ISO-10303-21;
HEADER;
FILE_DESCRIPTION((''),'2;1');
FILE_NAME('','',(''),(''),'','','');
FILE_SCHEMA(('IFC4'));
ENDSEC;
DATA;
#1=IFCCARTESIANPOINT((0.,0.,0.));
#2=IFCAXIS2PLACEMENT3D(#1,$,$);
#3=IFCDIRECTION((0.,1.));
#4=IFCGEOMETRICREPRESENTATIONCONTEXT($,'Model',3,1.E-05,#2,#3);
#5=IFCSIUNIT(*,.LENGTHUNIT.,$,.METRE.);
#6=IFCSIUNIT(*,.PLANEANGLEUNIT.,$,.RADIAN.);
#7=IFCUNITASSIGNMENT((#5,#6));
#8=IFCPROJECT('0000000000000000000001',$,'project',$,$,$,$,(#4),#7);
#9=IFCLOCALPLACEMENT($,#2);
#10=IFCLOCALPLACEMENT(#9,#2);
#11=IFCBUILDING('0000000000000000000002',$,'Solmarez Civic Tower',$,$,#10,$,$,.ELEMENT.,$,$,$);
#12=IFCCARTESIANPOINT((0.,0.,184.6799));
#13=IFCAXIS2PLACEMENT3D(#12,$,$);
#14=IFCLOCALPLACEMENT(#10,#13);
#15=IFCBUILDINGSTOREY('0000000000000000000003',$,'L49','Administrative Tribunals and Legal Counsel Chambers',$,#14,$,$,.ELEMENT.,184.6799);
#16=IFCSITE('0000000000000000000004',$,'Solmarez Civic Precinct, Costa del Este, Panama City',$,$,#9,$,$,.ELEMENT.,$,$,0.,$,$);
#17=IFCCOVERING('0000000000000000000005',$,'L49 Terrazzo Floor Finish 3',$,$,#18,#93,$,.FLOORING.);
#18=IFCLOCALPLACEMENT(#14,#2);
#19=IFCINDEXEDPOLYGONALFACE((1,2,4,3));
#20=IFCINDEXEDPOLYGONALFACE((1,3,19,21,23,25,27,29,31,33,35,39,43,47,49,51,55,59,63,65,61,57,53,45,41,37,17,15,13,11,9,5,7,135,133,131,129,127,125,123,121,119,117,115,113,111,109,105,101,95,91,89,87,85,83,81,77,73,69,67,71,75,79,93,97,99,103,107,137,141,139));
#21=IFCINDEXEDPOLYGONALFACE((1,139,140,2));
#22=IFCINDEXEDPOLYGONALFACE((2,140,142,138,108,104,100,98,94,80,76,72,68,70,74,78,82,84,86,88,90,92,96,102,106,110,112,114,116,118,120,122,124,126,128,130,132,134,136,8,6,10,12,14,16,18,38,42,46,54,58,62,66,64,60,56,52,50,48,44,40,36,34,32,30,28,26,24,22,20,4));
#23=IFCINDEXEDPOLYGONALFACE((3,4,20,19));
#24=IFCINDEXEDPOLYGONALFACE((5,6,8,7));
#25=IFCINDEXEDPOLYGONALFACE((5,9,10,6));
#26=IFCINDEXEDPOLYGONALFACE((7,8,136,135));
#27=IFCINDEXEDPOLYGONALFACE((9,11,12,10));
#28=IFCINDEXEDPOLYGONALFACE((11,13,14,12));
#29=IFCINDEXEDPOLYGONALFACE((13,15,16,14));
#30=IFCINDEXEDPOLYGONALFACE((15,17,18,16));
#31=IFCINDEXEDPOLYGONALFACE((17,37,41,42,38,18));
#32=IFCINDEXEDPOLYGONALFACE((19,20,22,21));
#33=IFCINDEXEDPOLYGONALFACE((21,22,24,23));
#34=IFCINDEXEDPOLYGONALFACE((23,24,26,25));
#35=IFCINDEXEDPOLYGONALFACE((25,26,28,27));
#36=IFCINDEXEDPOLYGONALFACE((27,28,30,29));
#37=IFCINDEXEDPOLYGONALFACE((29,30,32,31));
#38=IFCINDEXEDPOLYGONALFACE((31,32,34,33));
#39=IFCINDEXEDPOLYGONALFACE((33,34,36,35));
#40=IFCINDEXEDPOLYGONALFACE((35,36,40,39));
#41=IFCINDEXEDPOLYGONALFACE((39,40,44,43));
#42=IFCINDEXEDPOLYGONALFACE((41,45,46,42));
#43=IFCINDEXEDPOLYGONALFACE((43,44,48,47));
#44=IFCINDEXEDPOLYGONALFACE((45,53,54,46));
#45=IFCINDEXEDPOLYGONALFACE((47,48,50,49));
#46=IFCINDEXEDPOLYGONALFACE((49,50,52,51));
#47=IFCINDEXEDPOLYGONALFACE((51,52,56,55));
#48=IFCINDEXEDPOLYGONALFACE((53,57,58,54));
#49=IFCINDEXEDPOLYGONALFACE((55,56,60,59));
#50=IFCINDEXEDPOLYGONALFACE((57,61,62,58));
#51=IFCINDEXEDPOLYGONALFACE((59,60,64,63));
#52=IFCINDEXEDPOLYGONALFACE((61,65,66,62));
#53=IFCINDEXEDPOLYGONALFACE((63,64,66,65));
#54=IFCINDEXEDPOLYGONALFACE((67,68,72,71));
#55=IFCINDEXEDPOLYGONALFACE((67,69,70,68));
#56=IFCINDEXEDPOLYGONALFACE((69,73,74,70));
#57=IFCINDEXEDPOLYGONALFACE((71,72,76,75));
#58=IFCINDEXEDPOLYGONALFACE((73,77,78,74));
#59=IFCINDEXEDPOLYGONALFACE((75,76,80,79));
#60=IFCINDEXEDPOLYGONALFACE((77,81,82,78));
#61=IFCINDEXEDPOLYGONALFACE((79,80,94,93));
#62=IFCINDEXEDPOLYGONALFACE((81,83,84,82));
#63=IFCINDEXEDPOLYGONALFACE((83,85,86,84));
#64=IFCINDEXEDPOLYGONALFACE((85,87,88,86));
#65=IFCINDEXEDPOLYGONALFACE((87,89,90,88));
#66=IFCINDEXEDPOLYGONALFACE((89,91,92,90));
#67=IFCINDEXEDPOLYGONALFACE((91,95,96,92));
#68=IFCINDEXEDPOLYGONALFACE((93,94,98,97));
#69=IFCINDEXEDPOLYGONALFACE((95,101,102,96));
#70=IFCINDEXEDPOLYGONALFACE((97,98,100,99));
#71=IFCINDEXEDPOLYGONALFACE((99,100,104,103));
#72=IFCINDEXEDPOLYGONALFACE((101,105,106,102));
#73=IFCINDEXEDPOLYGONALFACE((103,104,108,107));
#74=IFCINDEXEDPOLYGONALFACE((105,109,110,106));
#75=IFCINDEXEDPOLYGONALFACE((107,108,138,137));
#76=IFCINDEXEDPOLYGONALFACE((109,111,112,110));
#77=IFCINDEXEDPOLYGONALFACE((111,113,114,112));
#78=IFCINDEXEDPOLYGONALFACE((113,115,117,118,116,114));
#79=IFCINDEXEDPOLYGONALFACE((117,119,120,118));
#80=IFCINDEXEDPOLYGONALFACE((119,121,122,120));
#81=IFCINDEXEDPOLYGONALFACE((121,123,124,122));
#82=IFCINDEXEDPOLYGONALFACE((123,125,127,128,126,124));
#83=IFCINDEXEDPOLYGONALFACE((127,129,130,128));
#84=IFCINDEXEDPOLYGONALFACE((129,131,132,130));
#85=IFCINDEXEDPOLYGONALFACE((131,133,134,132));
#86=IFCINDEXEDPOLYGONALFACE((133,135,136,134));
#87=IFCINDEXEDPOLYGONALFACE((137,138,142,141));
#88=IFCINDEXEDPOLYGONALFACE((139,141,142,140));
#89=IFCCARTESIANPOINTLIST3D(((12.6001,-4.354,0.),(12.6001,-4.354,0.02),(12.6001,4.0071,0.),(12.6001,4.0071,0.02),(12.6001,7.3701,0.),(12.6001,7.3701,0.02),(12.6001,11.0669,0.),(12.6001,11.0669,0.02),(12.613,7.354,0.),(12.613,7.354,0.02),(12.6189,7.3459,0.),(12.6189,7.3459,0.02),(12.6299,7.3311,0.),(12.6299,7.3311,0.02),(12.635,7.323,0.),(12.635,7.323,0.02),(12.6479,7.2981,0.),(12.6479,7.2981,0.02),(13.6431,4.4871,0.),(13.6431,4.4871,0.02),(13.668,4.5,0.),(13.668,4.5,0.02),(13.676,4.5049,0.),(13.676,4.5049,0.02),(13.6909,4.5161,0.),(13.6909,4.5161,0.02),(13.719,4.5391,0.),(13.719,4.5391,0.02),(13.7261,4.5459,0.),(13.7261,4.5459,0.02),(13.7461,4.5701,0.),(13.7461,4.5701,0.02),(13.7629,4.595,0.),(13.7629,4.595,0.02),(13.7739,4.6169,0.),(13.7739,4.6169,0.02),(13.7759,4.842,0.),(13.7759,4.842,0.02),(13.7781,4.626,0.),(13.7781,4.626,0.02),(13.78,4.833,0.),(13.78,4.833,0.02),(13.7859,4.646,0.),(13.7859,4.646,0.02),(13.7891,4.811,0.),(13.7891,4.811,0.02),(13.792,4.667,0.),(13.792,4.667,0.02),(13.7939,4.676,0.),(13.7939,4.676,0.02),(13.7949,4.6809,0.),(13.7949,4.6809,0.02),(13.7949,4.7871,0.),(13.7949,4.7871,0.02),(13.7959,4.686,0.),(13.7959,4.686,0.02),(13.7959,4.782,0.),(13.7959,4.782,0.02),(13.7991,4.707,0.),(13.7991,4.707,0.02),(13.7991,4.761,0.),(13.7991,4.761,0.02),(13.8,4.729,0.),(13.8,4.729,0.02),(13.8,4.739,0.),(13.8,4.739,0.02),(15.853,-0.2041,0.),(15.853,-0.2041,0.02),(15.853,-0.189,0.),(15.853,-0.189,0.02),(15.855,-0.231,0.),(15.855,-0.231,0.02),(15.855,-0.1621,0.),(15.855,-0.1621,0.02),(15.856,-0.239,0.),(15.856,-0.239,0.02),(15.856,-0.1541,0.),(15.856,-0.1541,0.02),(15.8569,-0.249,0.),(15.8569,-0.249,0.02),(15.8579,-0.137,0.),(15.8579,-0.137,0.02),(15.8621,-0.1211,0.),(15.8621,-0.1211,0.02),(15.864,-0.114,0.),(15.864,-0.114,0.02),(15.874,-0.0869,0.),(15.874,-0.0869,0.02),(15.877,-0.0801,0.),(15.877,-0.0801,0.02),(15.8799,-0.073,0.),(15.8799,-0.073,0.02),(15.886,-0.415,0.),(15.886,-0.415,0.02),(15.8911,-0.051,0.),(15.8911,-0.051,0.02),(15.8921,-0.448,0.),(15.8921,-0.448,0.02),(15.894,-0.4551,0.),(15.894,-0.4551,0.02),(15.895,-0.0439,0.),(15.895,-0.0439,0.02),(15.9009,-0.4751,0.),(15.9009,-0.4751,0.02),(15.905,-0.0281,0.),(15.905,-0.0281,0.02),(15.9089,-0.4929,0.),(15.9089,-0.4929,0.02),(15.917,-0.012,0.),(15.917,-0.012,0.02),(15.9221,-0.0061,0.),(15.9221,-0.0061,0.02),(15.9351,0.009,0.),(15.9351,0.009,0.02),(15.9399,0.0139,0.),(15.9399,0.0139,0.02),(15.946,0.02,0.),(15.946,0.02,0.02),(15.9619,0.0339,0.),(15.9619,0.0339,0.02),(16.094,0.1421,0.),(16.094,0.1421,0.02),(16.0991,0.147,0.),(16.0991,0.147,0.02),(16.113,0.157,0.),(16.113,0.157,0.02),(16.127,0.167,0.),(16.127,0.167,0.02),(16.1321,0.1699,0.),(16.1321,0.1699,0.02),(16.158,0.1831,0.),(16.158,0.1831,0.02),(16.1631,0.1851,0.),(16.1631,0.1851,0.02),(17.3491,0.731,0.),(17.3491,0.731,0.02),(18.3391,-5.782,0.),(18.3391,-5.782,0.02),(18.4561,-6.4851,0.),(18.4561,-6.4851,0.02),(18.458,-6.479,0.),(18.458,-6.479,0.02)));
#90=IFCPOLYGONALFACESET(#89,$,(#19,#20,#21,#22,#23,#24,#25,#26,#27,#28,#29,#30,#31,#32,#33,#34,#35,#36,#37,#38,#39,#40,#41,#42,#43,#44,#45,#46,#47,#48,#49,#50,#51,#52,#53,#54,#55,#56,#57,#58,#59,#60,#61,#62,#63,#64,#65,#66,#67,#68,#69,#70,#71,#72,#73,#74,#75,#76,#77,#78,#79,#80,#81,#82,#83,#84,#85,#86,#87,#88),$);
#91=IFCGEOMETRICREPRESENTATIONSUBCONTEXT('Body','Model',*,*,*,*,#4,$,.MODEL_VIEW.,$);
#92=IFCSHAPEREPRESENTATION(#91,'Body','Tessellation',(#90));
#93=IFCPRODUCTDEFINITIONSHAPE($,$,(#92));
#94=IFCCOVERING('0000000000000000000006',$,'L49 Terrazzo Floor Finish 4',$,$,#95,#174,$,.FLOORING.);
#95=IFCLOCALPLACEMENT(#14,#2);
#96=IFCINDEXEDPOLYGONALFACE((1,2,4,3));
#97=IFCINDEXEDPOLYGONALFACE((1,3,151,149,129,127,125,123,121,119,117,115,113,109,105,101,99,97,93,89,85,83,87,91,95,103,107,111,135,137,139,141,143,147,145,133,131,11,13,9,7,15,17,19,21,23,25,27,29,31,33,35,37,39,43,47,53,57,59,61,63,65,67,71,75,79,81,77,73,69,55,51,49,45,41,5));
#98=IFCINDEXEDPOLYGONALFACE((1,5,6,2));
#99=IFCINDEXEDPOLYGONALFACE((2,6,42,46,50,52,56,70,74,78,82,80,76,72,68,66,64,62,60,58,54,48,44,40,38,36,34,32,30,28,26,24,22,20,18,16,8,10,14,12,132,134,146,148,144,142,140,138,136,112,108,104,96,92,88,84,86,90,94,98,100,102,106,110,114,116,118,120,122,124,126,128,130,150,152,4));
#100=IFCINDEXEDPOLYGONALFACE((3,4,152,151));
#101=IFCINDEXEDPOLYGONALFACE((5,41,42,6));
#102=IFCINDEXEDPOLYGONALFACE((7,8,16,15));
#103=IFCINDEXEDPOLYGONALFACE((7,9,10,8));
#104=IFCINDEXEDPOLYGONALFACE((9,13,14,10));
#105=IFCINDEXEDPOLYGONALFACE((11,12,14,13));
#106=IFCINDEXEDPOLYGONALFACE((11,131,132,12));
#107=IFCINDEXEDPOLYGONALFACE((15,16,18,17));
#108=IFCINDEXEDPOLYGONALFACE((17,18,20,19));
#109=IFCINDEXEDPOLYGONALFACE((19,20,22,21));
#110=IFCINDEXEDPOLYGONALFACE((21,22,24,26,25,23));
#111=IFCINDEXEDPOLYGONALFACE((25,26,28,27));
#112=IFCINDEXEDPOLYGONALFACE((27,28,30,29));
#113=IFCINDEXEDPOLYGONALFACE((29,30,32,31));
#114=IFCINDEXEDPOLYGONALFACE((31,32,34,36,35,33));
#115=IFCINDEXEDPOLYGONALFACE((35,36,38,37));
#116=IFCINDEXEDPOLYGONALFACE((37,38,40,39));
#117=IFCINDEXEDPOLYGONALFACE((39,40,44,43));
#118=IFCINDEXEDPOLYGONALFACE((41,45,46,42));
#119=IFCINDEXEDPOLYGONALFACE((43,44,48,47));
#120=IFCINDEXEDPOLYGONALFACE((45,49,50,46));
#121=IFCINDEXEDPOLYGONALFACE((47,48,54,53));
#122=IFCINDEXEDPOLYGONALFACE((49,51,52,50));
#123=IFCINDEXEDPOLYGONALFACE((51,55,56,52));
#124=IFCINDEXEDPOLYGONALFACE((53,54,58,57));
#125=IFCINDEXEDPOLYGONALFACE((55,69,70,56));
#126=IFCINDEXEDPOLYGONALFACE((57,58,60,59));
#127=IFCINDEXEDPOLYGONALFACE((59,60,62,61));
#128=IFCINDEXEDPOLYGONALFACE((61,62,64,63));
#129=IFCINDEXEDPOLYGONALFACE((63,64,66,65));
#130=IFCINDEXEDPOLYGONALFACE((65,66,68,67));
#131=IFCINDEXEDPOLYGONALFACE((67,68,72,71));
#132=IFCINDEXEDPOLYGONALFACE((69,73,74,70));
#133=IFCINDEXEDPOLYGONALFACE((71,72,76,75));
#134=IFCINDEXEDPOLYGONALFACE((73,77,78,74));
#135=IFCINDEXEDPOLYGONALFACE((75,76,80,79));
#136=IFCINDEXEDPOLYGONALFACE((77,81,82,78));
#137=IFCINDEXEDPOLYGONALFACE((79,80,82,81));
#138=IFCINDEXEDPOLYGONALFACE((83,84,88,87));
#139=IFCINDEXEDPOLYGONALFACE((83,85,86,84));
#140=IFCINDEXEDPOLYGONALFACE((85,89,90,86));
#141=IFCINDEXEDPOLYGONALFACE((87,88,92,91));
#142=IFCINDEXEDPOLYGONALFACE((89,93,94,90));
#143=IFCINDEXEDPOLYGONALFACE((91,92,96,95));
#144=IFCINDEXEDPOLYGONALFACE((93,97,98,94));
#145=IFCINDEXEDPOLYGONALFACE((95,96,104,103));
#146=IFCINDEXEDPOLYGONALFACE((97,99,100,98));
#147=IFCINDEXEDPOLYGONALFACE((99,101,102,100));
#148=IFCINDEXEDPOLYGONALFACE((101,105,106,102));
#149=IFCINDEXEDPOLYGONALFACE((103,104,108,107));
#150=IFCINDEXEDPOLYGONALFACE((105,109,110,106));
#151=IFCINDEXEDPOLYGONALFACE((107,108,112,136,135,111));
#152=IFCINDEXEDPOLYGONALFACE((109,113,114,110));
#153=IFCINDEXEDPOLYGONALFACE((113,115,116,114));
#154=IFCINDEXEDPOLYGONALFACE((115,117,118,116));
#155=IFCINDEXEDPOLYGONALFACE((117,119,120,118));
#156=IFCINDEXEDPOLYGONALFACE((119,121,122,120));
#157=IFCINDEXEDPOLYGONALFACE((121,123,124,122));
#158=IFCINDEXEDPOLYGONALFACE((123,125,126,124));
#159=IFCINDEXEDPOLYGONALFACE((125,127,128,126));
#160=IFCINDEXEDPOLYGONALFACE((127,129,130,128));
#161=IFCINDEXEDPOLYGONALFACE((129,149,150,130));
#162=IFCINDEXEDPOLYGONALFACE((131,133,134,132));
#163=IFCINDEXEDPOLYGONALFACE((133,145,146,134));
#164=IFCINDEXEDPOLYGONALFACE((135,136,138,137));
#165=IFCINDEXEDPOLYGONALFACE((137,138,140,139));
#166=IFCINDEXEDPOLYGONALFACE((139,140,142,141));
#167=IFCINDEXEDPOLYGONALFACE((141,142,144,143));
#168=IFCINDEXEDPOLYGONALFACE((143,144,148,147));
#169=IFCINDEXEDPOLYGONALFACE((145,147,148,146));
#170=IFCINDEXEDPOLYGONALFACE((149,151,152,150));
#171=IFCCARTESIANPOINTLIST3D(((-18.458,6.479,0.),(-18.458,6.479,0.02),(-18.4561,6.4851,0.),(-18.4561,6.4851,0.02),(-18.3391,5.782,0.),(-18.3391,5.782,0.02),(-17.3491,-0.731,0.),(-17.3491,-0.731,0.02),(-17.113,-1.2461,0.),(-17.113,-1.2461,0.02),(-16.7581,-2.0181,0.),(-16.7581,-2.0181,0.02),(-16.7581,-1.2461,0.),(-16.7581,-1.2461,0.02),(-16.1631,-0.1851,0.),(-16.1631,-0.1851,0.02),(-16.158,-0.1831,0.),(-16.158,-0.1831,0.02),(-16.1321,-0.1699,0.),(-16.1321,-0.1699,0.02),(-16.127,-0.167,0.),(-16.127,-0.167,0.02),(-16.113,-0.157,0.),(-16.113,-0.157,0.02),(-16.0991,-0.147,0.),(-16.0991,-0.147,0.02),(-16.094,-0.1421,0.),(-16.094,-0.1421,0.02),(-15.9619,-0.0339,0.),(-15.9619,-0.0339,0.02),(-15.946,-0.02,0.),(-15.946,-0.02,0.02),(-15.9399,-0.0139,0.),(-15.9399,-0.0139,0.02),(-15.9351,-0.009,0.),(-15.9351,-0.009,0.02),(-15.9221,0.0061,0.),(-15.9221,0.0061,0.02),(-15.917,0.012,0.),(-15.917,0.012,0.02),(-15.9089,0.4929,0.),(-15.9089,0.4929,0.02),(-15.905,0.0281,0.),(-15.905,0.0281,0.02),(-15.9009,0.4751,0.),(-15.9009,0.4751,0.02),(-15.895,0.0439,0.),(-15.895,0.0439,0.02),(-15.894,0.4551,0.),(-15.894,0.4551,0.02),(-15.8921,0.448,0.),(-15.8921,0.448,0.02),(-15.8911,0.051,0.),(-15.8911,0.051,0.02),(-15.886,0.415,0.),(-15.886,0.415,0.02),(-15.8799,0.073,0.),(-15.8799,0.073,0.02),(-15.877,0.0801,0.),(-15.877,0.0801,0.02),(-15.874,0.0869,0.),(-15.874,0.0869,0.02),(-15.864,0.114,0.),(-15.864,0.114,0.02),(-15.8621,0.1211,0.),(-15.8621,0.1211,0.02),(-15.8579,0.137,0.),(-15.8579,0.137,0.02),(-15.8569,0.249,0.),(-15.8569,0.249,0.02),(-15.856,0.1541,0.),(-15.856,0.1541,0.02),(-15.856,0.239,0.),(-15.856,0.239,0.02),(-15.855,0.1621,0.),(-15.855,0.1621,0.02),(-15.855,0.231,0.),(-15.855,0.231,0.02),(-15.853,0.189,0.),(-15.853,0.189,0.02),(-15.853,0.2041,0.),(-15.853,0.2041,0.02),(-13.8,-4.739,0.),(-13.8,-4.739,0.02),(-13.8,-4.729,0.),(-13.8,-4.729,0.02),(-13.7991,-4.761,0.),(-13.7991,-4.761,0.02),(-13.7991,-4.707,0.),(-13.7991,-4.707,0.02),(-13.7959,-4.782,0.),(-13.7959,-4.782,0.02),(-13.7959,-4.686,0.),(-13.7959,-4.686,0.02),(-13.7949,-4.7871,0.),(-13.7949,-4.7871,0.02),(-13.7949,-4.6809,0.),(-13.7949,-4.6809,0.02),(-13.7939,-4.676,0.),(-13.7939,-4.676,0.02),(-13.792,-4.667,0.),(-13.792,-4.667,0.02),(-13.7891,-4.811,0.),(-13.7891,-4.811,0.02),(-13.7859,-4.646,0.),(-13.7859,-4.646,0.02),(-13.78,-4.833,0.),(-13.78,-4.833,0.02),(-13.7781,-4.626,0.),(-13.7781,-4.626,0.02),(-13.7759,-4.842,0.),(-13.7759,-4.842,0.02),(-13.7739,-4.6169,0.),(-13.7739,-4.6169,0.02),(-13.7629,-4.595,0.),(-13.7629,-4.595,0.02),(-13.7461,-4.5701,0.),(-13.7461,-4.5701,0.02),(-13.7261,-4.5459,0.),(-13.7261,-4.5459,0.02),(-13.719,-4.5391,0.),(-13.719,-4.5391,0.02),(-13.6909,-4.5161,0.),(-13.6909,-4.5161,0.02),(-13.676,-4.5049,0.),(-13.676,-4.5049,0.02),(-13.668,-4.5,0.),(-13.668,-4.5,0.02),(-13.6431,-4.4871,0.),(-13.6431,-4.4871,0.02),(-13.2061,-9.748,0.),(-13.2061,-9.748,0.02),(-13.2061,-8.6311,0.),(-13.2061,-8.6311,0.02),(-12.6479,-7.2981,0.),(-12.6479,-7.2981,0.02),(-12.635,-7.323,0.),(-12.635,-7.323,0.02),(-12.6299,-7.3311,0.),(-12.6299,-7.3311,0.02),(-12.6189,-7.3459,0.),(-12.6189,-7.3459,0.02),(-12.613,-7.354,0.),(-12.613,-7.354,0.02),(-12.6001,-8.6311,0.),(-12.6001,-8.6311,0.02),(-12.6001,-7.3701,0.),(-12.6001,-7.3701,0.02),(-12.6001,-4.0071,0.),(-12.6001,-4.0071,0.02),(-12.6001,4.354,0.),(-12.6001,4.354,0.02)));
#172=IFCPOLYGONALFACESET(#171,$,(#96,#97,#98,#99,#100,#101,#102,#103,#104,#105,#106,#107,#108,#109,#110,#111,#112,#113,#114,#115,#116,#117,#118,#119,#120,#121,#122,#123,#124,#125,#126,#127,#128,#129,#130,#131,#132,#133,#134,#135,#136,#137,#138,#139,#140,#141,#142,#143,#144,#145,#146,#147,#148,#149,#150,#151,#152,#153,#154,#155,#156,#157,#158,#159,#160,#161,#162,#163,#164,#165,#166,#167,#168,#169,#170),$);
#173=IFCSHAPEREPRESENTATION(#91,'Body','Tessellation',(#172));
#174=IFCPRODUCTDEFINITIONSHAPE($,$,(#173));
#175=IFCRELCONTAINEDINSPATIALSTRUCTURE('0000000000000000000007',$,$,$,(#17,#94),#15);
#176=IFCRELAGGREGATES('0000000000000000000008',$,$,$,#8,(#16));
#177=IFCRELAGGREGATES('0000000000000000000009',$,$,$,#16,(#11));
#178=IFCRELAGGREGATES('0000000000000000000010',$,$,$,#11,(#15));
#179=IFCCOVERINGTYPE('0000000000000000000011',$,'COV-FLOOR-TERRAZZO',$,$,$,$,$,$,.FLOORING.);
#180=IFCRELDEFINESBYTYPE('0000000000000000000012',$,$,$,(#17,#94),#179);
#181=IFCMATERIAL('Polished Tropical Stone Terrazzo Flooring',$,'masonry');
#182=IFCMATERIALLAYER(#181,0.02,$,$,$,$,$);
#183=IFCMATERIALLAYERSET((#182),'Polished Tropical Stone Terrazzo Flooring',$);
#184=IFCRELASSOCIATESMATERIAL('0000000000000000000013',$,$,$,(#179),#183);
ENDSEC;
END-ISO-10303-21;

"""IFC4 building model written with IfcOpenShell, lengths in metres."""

from ifc_helpers import new_model, si_unit, direction, frame, origin, place, context, subcontext, project, spatial, polyline, outline, extrude, material, layer, layer_set, type_object, element, save


model = new_model("IFC4")

# Units and contexts
model_context = context("Model", 3, precision=1e-05, world=origin(), true_north=direction((0.0, 1.0)))
body_context = subcontext(model_context, "Body", "Model", "MODEL_VIEW")
ifc_project = project(units=[si_unit("LENGTHUNIT", "METRE"), si_unit("PLANEANGLEUNIT", "RADIAN")], contexts=[model_context])

# Site, building, storey
site_placement = place(None, origin())
site = spatial("IfcSite", under=ifc_project, at=site_placement, Name="Solmarez Civic Precinct, Costa del Este, Panama City", CompositionType="ELEMENT", RefElevation=0.0)
building_placement = place(site_placement, origin())
building = spatial("IfcBuilding", under=site, at=building_placement, Name="Solmarez Civic Tower", CompositionType="ELEMENT")
storey_placement = place(building_placement, frame((0.0, 0.0, 184.6799)))
storey = spatial("IfcBuildingStorey", under=building, at=storey_placement, Name="L49", Description="Administrative Tribunals and Legal Counsel Chambers", CompositionType="ELEMENT", Elevation=184.6799)

# Coverings
ifc_material_1 = material(Name="Polished Tropical Stone Terrazzo Flooring", Category="masonry")
ifc_layer_1 = layer(ifc_material_1, 0.02)
ifc_layer_set_1 = layer_set([ifc_layer_1], Name="Polished Tropical Stone Terrazzo Flooring")
covering_type_1 = type_object("IfcCoveringType", Name="COV-FLOOR-TERRAZZO", PredefinedType="FLOORING", material=ifc_layer_set_1)
covering_1_placement = place(storey_placement, origin())
element("IfcCovering", 1, at=covering_1_placement, inside=storey, type_object=covering_type_1, Name="L49 Terrazzo Floor Finish 3", PredefinedType="FLOORING", context=body_context, shape_type="SweptSolid", body=[
    extrude(outline(polyline([(12.6001, 11.0669), (12.6001, 7.3701), (12.613, 7.354), (12.6189, 7.3459), (12.6299, 7.3311), (12.635, 7.323), (12.6479, 7.2981), (13.7759, 4.842), (13.78, 4.833), (13.7891, 4.811), (13.7949, 4.7871), (13.7959, 4.782), (13.7991, 4.761), (13.8, 4.739), (13.8, 4.729), (13.7991, 4.707), (13.7959, 4.686), (13.7949, 4.6809), (13.7939, 4.676), (13.792, 4.667), (13.7859, 4.646), (13.7781, 4.626), (13.7739, 4.6169), (13.7629, 4.595), (13.7461, 4.5701), (13.7261, 4.5459), (13.719, 4.5391), (13.6909, 4.5161), (13.676, 4.5049), (13.668, 4.5), (13.6431, 4.4871), (12.6001, 4.0071), (12.6001, -4.354), (18.4561, -6.4851), (18.458, -6.479), (18.3391, -5.782), (15.9089, -0.4929), (15.9009, -0.4751), (15.894, -0.4551), (15.8921, -0.448), (15.886, -0.415), (15.8569, -0.249), (15.856, -0.239), (15.855, -0.231), (15.853, -0.2041), (15.853, -0.189), (15.855, -0.1621), (15.856, -0.1541), (15.8579, -0.137), (15.8621, -0.1211), (15.864, -0.114), (15.874, -0.0869), (15.877, -0.0801), (15.8799, -0.073), (15.8911, -0.051), (15.895, -0.0439), (15.905, -0.0281), (15.917, -0.012), (15.9221, -0.0061), (15.9351, 0.009), (15.9399, 0.0139), (15.946, 0.02), (15.9619, 0.0339), (16.094, 0.1421), (16.0991, 0.147), (16.113, 0.157), (16.127, 0.167), (16.1321, 0.1699), (16.158, 0.1831), (16.1631, 0.1851), (17.3491, 0.731), (12.6001, 11.0669)])), origin(), (0.0, 0.0, 1.0), 0.02),
])
covering_2_placement = place(storey_placement, origin())
element("IfcCovering", 2, at=covering_2_placement, inside=storey, type_object=covering_type_1, Name="L49 Terrazzo Floor Finish 4", PredefinedType="FLOORING", context=body_context, shape_type="SweptSolid", body=[
    extrude(outline(polyline([(-13.2061, -9.748), (-13.2061, -8.6311), (-12.6001, -8.6311), (-12.6001, -7.3701), (-12.613, -7.354), (-12.6189, -7.3459), (-12.6299, -7.3311), (-12.635, -7.323), (-12.6479, -7.2981), (-13.7759, -4.842), (-13.78, -4.833), (-13.7891, -4.811), (-13.7949, -4.7871), (-13.7959, -4.782), (-13.7991, -4.761), (-13.8, -4.739), (-13.8, -4.729), (-13.7991, -4.707), (-13.7959, -4.686), (-13.7949, -4.6809), (-13.7939, -4.676), (-13.792, -4.667), (-13.7859, -4.646), (-13.7781, -4.626), (-13.7739, -4.6169), (-13.7629, -4.595), (-13.7461, -4.5701), (-13.7261, -4.5459), (-13.719, -4.5391), (-13.6909, -4.5161), (-13.676, -4.5049), (-13.668, -4.5), (-13.6431, -4.4871), (-12.6001, -4.0071), (-12.6001, 4.354), (-18.4561, 6.4851), (-18.458, 6.479), (-18.3391, 5.782), (-15.9089, 0.4929), (-15.9009, 0.4751), (-15.894, 0.4551), (-15.8921, 0.448), (-15.886, 0.415), (-15.8569, 0.249), (-15.856, 0.239), (-15.855, 0.231), (-15.853, 0.2041), (-15.853, 0.189), (-15.855, 0.1621), (-15.856, 0.1541), (-15.8579, 0.137), (-15.8621, 0.1211), (-15.864, 0.114), (-15.874, 0.0869), (-15.877, 0.0801), (-15.8799, 0.073), (-15.8911, 0.051), (-15.895, 0.0439), (-15.905, 0.0281), (-15.917, 0.012), (-15.9221, 0.0061), (-15.9351, -0.009), (-15.9399, -0.0139), (-15.946, -0.02), (-15.9619, -0.0339), (-16.094, -0.1421), (-16.0991, -0.147), (-16.113, -0.157), (-16.127, -0.167), (-16.1321, -0.1699), (-16.158, -0.1831), (-16.1631, -0.1851), (-17.3491, -0.731), (-17.113, -1.2461), (-16.7581, -1.2461), (-16.7581, -2.0181), (-13.2061, -9.748)])), origin(), (0.0, 0.0, 1.0), 0.02),
])

save(model, "model.ifc")
